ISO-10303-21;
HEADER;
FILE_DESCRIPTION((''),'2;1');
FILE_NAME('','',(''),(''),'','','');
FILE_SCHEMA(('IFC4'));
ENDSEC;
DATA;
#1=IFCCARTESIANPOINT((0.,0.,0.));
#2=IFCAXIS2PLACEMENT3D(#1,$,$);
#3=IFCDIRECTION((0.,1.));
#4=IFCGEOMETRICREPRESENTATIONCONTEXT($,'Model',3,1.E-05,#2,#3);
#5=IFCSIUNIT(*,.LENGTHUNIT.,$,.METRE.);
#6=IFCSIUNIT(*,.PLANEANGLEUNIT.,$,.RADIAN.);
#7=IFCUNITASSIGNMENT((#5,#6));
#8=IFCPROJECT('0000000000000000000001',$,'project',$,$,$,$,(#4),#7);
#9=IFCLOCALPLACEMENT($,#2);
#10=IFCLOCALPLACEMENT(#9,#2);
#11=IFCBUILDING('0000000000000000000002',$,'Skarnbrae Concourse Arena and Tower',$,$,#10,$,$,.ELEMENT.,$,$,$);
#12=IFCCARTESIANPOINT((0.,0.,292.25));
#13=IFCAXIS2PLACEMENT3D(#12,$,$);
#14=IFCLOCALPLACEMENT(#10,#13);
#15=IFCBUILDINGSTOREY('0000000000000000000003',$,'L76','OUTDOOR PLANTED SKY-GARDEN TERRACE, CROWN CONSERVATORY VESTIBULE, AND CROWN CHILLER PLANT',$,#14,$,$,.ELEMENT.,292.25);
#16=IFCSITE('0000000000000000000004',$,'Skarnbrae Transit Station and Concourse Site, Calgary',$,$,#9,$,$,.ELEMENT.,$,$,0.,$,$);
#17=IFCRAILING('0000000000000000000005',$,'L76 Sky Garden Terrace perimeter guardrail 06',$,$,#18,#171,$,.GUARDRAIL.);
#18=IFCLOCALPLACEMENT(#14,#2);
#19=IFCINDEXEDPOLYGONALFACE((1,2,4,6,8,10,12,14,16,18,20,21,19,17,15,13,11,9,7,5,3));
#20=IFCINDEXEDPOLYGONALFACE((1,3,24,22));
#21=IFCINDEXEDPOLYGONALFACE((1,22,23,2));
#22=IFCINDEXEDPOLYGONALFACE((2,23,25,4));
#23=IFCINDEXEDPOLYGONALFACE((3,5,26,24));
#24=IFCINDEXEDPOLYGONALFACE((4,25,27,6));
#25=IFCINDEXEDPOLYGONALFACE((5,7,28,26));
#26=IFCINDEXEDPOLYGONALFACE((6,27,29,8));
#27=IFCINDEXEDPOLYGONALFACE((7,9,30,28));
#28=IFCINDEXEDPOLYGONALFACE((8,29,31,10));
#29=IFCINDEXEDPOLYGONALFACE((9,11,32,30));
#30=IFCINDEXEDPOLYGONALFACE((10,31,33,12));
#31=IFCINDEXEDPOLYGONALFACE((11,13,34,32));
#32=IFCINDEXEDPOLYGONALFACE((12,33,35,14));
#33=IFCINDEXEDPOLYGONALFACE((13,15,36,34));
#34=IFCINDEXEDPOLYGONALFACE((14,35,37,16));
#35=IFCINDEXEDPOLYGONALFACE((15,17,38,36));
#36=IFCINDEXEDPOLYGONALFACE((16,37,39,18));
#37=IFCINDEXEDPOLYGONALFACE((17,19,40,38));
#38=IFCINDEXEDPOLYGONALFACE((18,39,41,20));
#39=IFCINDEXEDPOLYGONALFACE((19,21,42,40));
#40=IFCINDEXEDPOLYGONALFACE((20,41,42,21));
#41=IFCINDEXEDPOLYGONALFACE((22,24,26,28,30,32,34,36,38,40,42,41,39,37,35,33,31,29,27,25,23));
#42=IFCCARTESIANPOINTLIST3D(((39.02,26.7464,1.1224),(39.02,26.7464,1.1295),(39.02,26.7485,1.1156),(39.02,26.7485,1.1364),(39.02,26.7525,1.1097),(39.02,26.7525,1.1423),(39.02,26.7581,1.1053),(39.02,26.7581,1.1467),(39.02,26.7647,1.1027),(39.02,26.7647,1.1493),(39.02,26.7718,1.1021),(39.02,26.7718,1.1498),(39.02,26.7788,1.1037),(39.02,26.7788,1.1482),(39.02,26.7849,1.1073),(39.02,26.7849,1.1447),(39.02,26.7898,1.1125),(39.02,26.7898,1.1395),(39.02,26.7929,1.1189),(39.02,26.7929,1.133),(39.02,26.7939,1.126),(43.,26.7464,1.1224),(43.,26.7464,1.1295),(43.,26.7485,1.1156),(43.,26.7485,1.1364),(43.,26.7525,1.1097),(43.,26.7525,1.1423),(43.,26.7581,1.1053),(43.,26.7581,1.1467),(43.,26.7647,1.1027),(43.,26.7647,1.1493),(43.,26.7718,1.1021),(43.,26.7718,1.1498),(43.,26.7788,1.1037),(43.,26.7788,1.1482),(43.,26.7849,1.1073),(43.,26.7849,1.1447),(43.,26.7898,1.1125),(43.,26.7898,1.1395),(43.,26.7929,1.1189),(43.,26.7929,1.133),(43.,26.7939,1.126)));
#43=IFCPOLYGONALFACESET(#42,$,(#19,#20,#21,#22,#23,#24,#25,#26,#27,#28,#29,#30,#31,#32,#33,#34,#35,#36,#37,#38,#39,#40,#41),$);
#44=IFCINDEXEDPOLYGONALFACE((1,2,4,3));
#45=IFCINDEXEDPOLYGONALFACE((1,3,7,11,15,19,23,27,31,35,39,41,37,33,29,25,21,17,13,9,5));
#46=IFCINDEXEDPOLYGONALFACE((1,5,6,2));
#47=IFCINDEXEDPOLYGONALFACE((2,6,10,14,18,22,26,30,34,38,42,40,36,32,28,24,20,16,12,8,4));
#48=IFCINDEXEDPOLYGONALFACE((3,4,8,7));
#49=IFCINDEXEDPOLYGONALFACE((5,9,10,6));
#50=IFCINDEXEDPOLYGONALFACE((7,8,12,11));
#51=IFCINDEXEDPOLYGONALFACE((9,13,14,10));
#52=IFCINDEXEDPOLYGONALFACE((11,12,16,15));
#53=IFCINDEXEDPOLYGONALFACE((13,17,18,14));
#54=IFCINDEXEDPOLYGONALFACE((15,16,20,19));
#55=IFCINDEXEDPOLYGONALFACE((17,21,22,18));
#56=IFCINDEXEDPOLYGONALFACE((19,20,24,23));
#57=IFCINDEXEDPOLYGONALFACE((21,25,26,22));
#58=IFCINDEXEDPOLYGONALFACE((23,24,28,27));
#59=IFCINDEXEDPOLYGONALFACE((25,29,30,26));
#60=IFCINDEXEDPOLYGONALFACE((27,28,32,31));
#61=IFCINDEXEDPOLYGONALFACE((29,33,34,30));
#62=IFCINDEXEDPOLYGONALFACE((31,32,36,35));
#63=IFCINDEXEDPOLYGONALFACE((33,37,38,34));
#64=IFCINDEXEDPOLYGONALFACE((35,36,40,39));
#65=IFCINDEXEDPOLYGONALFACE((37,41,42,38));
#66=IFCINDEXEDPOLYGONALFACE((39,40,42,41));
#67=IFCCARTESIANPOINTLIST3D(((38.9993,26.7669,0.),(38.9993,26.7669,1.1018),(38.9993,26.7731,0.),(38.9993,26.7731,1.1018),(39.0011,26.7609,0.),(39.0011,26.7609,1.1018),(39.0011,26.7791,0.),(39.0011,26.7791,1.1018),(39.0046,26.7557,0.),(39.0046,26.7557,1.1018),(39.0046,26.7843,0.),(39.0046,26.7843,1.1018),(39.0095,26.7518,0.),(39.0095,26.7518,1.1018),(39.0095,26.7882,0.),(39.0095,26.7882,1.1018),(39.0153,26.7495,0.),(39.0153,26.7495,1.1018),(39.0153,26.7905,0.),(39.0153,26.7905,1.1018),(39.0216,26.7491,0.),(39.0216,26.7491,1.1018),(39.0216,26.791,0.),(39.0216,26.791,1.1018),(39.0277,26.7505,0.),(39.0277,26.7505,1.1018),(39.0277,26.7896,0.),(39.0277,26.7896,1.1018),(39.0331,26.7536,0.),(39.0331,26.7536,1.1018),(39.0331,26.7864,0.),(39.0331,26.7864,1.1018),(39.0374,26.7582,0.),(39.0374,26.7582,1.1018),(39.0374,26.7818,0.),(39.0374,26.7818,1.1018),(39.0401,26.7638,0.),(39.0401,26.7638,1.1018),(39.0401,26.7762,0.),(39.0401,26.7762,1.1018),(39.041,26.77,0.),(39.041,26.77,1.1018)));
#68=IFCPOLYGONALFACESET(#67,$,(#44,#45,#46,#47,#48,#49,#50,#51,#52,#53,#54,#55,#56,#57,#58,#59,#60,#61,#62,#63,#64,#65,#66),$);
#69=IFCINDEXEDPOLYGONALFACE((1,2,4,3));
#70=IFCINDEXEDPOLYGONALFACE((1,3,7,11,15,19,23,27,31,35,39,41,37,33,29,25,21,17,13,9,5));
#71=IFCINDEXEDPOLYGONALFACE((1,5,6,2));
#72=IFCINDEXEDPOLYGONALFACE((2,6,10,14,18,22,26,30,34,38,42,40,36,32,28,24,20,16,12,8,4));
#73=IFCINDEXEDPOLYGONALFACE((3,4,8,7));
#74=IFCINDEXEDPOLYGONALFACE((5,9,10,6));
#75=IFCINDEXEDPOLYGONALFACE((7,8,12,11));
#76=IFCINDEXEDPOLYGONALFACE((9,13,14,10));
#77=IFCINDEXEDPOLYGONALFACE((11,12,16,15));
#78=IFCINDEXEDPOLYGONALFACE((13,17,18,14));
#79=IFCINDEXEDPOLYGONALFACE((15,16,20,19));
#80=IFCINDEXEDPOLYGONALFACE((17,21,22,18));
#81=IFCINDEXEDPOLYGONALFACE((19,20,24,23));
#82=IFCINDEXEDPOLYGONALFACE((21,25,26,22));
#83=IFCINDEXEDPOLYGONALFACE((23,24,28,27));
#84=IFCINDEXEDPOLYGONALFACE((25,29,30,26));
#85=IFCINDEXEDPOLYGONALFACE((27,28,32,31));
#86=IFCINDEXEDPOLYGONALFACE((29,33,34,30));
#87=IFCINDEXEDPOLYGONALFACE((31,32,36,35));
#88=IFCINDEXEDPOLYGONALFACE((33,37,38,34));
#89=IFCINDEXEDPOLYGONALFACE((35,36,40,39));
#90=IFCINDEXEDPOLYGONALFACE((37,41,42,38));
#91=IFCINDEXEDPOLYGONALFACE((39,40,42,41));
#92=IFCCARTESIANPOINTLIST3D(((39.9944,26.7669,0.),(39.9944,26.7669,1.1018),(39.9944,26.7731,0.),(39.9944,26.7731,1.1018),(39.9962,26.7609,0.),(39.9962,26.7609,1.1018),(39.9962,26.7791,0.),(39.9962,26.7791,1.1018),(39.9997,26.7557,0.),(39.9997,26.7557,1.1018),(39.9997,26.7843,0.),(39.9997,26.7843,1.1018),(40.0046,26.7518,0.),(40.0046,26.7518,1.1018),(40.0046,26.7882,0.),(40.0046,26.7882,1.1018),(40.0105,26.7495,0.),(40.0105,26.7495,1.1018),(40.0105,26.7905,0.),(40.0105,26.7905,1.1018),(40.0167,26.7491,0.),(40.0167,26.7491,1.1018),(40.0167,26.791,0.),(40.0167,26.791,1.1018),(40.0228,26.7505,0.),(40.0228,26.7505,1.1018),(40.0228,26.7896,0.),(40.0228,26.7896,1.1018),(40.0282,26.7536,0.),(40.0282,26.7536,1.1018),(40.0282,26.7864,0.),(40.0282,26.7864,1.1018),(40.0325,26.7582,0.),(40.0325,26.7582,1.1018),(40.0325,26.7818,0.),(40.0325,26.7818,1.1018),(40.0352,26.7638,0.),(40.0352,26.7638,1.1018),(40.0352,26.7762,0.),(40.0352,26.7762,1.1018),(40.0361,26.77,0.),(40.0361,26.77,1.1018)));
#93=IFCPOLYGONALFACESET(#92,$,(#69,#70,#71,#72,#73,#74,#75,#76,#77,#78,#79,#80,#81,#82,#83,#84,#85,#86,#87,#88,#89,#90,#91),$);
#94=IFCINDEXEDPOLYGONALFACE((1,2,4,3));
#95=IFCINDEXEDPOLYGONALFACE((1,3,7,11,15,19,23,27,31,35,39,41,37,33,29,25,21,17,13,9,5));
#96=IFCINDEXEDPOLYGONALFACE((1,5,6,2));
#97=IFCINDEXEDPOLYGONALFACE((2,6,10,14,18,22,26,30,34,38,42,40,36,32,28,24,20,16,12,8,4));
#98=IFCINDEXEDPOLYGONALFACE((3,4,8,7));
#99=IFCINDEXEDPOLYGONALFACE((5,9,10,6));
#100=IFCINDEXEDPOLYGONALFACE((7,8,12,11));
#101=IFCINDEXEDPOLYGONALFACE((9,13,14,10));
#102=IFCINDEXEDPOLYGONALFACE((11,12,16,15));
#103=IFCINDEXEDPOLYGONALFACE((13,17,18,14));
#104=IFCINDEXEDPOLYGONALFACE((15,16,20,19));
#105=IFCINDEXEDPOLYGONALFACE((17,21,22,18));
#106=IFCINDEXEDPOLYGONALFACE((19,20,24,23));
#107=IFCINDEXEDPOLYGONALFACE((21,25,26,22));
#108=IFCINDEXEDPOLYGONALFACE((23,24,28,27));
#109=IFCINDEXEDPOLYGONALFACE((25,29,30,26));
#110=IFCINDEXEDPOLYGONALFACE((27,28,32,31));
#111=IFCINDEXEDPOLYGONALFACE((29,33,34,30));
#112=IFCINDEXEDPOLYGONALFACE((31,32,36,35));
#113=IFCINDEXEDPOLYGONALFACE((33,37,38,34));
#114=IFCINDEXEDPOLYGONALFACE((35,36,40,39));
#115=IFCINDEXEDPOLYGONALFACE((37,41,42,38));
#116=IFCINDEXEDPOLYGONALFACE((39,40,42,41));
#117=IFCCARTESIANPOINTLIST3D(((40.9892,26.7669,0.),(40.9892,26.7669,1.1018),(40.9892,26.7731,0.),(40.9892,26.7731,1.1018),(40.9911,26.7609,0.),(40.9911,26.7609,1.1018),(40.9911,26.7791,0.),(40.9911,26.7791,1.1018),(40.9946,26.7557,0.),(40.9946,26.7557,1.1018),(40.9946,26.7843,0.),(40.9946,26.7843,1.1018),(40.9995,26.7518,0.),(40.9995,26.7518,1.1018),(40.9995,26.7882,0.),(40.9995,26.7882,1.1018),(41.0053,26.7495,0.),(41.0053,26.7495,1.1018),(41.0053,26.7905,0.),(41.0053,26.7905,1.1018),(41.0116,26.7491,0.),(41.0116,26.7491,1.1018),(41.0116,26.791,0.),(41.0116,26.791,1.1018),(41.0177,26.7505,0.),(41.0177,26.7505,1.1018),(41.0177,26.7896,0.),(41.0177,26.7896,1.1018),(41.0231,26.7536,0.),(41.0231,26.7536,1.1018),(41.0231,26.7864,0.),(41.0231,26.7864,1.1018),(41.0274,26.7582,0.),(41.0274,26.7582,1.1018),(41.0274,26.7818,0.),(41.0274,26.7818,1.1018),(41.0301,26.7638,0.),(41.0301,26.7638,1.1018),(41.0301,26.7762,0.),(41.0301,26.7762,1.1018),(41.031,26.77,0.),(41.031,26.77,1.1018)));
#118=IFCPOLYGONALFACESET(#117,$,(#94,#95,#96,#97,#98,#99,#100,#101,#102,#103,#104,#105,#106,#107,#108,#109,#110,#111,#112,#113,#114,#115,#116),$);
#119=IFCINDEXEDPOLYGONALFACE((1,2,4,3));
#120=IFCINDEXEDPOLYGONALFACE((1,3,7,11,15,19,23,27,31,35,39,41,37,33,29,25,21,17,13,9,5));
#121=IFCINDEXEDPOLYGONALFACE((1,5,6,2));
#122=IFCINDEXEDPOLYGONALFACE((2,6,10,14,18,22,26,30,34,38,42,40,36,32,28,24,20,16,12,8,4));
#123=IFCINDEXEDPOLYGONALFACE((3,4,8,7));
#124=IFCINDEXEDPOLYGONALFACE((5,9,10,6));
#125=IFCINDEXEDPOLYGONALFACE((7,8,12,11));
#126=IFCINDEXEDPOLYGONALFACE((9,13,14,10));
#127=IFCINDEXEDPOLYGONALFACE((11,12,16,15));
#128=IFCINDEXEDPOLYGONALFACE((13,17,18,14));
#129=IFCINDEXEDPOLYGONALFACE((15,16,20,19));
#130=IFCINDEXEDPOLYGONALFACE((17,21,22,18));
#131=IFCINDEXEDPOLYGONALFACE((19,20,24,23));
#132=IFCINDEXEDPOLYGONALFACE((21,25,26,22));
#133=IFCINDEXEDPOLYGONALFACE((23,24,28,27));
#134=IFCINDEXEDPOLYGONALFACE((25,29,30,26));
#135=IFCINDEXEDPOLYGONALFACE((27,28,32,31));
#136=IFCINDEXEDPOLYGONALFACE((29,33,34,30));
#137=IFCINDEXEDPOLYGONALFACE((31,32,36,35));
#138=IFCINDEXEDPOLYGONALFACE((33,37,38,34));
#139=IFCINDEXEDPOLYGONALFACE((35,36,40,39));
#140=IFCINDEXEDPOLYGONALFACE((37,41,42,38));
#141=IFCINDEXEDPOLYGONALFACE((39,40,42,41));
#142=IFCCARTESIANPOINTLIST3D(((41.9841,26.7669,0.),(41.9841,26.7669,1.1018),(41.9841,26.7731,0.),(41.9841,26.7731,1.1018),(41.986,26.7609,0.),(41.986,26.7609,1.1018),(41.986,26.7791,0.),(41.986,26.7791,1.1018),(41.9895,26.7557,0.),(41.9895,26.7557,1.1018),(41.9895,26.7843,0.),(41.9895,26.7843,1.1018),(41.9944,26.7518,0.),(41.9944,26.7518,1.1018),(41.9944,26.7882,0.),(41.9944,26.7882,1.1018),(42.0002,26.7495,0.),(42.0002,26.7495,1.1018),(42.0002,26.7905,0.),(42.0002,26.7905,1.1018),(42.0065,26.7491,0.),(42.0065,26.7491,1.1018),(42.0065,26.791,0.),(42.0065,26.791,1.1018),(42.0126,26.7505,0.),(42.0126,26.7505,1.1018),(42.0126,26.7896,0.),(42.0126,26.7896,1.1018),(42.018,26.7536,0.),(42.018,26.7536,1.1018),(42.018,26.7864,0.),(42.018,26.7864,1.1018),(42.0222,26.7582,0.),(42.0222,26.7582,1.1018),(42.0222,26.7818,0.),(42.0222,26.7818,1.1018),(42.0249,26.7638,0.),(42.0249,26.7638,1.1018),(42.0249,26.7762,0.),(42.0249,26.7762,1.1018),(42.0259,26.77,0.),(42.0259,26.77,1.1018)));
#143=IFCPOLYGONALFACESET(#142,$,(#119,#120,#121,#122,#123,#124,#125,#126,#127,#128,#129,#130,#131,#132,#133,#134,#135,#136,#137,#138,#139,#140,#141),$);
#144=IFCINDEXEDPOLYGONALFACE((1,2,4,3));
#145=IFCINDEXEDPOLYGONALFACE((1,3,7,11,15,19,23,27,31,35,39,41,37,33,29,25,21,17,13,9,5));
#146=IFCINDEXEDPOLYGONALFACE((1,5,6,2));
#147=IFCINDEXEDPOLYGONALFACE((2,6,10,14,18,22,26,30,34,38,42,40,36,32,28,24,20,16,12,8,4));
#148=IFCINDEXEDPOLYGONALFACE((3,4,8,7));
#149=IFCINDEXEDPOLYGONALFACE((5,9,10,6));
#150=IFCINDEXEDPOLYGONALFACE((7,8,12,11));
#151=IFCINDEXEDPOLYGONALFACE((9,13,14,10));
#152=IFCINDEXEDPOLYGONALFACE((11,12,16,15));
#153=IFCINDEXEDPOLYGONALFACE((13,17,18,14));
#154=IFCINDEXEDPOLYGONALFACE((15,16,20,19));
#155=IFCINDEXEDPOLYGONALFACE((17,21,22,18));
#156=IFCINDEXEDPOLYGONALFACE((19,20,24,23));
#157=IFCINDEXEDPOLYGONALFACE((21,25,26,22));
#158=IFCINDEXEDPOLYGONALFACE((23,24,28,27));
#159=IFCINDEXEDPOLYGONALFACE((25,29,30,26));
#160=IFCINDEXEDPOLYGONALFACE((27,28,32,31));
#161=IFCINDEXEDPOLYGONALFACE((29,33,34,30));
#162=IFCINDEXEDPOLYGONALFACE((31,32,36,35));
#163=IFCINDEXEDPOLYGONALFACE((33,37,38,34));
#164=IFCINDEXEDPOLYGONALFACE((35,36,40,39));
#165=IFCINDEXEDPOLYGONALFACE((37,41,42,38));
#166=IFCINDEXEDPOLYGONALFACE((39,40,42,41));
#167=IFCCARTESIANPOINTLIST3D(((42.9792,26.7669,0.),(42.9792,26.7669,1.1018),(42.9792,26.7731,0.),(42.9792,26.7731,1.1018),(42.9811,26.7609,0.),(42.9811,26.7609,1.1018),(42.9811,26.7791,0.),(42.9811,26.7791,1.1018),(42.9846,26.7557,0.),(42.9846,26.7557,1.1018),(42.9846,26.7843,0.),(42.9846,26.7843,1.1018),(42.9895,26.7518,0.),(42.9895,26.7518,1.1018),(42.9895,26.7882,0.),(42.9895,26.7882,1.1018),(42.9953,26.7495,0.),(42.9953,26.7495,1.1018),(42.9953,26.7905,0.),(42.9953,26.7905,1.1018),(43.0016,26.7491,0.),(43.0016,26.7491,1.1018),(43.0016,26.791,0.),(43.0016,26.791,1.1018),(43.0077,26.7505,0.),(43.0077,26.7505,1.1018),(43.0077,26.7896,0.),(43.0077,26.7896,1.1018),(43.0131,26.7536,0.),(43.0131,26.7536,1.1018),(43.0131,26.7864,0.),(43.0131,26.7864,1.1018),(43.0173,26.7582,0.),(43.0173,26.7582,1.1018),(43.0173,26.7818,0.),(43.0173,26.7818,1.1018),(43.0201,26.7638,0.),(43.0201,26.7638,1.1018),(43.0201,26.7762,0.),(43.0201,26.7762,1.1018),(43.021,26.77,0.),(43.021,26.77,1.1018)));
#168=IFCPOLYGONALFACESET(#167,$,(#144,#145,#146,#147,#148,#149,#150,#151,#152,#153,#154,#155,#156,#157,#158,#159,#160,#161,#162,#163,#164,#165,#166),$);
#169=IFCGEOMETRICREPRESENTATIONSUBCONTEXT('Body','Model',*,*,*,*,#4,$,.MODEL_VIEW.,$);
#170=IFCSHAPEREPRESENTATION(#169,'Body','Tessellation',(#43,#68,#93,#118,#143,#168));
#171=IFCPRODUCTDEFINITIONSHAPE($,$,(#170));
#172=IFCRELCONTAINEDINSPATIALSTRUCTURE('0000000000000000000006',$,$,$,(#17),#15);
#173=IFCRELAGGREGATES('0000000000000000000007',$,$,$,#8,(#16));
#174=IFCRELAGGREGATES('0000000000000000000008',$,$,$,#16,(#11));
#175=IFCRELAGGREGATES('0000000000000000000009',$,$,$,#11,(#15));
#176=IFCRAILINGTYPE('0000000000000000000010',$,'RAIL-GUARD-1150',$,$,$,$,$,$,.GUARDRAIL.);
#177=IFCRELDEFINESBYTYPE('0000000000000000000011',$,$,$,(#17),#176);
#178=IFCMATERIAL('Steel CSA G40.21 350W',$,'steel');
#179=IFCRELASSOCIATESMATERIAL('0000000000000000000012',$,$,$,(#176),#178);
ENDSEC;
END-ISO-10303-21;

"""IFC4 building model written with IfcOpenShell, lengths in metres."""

from ifc_helpers import new_model, si_unit, direction, frame, origin, origin_2d, place, context, subcontext, project, spatial, circle, extrude, material, type_object, element, save


model = new_model("IFC4")

# Units and contexts
model_context = context("Model", 3, precision=1e-05, world=origin(), true_north=direction((0.0, 1.0)))
body_context = subcontext(model_context, "Body", "Model", "MODEL_VIEW")
ifc_project = project(units=[si_unit("LENGTHUNIT", "METRE"), si_unit("PLANEANGLEUNIT", "RADIAN")], contexts=[model_context])

# Site, building, storey
site_placement = place(None, origin())
site = spatial("IfcSite", under=ifc_project, at=site_placement, Name="Skarnbrae Transit Station and Concourse Site, Calgary", CompositionType="ELEMENT", RefElevation=0.0)
building_placement = place(site_placement, origin())
building = spatial("IfcBuilding", under=site, at=building_placement, Name="Skarnbrae Concourse Arena and Tower", CompositionType="ELEMENT")
storey_placement = place(building_placement, frame((0.0, 0.0, 292.25)))
storey = spatial("IfcBuildingStorey", under=building, at=storey_placement, Name="L76", Description="OUTDOOR PLANTED SKY-GARDEN TERRACE, CROWN CONSERVATORY VESTIBULE, AND CROWN CHILLER PLANT", CompositionType="ELEMENT", Elevation=292.25)

# Shared definitions
ifc_material_1 = material(Name="Steel CSA G40.21 350W", Category="steel")

# Railing
railing_type = type_object("IfcRailingType", Name="RAIL-GUARD-1150", PredefinedType="GUARDRAIL", material=ifc_material_1)
railing_1_placement = place(storey_placement, frame((39.02, 26.77, 0.0)))
element("IfcRailing", 1, at=railing_1_placement, inside=storey, type_object=railing_type, Name="L76 Sky Garden Terrace perimeter guardrail 06", PredefinedType="GUARDRAIL", context=body_context, shape_type="SweptSolid", body=[
    extrude(circle(Radius=0.0239, at=origin_2d()), frame((0.0, 0.0, 1.126), z_axis=(1.0, 0.0, 0.0), x_axis=(0.0, 1.0, 0.0)), (0.0, 0.0, 1.0), 3.98),
    extrude(circle(Radius=0.021, at=origin_2d()), origin(), (0.0, 0.0, 1.0), 1.1018),
    extrude(circle(Radius=0.021, at=origin_2d()), frame((0.9951, 0.0, 0.0)), (0.0, 0.0, 1.0), 1.1018),
    extrude(circle(Radius=0.021, at=origin_2d()), frame((1.99, 0.0, 0.0)), (0.0, 0.0, 1.0), 1.1018),
    extrude(circle(Radius=0.021, at=origin_2d()), frame((2.9849, 0.0, 0.0)), (0.0, 0.0, 1.0), 1.1018),
    extrude(circle(Radius=0.021, at=origin_2d()), frame((3.98, 0.0, 0.0)), (0.0, 0.0, 1.0), 1.1018),
])

save(model, "model.ifc")
